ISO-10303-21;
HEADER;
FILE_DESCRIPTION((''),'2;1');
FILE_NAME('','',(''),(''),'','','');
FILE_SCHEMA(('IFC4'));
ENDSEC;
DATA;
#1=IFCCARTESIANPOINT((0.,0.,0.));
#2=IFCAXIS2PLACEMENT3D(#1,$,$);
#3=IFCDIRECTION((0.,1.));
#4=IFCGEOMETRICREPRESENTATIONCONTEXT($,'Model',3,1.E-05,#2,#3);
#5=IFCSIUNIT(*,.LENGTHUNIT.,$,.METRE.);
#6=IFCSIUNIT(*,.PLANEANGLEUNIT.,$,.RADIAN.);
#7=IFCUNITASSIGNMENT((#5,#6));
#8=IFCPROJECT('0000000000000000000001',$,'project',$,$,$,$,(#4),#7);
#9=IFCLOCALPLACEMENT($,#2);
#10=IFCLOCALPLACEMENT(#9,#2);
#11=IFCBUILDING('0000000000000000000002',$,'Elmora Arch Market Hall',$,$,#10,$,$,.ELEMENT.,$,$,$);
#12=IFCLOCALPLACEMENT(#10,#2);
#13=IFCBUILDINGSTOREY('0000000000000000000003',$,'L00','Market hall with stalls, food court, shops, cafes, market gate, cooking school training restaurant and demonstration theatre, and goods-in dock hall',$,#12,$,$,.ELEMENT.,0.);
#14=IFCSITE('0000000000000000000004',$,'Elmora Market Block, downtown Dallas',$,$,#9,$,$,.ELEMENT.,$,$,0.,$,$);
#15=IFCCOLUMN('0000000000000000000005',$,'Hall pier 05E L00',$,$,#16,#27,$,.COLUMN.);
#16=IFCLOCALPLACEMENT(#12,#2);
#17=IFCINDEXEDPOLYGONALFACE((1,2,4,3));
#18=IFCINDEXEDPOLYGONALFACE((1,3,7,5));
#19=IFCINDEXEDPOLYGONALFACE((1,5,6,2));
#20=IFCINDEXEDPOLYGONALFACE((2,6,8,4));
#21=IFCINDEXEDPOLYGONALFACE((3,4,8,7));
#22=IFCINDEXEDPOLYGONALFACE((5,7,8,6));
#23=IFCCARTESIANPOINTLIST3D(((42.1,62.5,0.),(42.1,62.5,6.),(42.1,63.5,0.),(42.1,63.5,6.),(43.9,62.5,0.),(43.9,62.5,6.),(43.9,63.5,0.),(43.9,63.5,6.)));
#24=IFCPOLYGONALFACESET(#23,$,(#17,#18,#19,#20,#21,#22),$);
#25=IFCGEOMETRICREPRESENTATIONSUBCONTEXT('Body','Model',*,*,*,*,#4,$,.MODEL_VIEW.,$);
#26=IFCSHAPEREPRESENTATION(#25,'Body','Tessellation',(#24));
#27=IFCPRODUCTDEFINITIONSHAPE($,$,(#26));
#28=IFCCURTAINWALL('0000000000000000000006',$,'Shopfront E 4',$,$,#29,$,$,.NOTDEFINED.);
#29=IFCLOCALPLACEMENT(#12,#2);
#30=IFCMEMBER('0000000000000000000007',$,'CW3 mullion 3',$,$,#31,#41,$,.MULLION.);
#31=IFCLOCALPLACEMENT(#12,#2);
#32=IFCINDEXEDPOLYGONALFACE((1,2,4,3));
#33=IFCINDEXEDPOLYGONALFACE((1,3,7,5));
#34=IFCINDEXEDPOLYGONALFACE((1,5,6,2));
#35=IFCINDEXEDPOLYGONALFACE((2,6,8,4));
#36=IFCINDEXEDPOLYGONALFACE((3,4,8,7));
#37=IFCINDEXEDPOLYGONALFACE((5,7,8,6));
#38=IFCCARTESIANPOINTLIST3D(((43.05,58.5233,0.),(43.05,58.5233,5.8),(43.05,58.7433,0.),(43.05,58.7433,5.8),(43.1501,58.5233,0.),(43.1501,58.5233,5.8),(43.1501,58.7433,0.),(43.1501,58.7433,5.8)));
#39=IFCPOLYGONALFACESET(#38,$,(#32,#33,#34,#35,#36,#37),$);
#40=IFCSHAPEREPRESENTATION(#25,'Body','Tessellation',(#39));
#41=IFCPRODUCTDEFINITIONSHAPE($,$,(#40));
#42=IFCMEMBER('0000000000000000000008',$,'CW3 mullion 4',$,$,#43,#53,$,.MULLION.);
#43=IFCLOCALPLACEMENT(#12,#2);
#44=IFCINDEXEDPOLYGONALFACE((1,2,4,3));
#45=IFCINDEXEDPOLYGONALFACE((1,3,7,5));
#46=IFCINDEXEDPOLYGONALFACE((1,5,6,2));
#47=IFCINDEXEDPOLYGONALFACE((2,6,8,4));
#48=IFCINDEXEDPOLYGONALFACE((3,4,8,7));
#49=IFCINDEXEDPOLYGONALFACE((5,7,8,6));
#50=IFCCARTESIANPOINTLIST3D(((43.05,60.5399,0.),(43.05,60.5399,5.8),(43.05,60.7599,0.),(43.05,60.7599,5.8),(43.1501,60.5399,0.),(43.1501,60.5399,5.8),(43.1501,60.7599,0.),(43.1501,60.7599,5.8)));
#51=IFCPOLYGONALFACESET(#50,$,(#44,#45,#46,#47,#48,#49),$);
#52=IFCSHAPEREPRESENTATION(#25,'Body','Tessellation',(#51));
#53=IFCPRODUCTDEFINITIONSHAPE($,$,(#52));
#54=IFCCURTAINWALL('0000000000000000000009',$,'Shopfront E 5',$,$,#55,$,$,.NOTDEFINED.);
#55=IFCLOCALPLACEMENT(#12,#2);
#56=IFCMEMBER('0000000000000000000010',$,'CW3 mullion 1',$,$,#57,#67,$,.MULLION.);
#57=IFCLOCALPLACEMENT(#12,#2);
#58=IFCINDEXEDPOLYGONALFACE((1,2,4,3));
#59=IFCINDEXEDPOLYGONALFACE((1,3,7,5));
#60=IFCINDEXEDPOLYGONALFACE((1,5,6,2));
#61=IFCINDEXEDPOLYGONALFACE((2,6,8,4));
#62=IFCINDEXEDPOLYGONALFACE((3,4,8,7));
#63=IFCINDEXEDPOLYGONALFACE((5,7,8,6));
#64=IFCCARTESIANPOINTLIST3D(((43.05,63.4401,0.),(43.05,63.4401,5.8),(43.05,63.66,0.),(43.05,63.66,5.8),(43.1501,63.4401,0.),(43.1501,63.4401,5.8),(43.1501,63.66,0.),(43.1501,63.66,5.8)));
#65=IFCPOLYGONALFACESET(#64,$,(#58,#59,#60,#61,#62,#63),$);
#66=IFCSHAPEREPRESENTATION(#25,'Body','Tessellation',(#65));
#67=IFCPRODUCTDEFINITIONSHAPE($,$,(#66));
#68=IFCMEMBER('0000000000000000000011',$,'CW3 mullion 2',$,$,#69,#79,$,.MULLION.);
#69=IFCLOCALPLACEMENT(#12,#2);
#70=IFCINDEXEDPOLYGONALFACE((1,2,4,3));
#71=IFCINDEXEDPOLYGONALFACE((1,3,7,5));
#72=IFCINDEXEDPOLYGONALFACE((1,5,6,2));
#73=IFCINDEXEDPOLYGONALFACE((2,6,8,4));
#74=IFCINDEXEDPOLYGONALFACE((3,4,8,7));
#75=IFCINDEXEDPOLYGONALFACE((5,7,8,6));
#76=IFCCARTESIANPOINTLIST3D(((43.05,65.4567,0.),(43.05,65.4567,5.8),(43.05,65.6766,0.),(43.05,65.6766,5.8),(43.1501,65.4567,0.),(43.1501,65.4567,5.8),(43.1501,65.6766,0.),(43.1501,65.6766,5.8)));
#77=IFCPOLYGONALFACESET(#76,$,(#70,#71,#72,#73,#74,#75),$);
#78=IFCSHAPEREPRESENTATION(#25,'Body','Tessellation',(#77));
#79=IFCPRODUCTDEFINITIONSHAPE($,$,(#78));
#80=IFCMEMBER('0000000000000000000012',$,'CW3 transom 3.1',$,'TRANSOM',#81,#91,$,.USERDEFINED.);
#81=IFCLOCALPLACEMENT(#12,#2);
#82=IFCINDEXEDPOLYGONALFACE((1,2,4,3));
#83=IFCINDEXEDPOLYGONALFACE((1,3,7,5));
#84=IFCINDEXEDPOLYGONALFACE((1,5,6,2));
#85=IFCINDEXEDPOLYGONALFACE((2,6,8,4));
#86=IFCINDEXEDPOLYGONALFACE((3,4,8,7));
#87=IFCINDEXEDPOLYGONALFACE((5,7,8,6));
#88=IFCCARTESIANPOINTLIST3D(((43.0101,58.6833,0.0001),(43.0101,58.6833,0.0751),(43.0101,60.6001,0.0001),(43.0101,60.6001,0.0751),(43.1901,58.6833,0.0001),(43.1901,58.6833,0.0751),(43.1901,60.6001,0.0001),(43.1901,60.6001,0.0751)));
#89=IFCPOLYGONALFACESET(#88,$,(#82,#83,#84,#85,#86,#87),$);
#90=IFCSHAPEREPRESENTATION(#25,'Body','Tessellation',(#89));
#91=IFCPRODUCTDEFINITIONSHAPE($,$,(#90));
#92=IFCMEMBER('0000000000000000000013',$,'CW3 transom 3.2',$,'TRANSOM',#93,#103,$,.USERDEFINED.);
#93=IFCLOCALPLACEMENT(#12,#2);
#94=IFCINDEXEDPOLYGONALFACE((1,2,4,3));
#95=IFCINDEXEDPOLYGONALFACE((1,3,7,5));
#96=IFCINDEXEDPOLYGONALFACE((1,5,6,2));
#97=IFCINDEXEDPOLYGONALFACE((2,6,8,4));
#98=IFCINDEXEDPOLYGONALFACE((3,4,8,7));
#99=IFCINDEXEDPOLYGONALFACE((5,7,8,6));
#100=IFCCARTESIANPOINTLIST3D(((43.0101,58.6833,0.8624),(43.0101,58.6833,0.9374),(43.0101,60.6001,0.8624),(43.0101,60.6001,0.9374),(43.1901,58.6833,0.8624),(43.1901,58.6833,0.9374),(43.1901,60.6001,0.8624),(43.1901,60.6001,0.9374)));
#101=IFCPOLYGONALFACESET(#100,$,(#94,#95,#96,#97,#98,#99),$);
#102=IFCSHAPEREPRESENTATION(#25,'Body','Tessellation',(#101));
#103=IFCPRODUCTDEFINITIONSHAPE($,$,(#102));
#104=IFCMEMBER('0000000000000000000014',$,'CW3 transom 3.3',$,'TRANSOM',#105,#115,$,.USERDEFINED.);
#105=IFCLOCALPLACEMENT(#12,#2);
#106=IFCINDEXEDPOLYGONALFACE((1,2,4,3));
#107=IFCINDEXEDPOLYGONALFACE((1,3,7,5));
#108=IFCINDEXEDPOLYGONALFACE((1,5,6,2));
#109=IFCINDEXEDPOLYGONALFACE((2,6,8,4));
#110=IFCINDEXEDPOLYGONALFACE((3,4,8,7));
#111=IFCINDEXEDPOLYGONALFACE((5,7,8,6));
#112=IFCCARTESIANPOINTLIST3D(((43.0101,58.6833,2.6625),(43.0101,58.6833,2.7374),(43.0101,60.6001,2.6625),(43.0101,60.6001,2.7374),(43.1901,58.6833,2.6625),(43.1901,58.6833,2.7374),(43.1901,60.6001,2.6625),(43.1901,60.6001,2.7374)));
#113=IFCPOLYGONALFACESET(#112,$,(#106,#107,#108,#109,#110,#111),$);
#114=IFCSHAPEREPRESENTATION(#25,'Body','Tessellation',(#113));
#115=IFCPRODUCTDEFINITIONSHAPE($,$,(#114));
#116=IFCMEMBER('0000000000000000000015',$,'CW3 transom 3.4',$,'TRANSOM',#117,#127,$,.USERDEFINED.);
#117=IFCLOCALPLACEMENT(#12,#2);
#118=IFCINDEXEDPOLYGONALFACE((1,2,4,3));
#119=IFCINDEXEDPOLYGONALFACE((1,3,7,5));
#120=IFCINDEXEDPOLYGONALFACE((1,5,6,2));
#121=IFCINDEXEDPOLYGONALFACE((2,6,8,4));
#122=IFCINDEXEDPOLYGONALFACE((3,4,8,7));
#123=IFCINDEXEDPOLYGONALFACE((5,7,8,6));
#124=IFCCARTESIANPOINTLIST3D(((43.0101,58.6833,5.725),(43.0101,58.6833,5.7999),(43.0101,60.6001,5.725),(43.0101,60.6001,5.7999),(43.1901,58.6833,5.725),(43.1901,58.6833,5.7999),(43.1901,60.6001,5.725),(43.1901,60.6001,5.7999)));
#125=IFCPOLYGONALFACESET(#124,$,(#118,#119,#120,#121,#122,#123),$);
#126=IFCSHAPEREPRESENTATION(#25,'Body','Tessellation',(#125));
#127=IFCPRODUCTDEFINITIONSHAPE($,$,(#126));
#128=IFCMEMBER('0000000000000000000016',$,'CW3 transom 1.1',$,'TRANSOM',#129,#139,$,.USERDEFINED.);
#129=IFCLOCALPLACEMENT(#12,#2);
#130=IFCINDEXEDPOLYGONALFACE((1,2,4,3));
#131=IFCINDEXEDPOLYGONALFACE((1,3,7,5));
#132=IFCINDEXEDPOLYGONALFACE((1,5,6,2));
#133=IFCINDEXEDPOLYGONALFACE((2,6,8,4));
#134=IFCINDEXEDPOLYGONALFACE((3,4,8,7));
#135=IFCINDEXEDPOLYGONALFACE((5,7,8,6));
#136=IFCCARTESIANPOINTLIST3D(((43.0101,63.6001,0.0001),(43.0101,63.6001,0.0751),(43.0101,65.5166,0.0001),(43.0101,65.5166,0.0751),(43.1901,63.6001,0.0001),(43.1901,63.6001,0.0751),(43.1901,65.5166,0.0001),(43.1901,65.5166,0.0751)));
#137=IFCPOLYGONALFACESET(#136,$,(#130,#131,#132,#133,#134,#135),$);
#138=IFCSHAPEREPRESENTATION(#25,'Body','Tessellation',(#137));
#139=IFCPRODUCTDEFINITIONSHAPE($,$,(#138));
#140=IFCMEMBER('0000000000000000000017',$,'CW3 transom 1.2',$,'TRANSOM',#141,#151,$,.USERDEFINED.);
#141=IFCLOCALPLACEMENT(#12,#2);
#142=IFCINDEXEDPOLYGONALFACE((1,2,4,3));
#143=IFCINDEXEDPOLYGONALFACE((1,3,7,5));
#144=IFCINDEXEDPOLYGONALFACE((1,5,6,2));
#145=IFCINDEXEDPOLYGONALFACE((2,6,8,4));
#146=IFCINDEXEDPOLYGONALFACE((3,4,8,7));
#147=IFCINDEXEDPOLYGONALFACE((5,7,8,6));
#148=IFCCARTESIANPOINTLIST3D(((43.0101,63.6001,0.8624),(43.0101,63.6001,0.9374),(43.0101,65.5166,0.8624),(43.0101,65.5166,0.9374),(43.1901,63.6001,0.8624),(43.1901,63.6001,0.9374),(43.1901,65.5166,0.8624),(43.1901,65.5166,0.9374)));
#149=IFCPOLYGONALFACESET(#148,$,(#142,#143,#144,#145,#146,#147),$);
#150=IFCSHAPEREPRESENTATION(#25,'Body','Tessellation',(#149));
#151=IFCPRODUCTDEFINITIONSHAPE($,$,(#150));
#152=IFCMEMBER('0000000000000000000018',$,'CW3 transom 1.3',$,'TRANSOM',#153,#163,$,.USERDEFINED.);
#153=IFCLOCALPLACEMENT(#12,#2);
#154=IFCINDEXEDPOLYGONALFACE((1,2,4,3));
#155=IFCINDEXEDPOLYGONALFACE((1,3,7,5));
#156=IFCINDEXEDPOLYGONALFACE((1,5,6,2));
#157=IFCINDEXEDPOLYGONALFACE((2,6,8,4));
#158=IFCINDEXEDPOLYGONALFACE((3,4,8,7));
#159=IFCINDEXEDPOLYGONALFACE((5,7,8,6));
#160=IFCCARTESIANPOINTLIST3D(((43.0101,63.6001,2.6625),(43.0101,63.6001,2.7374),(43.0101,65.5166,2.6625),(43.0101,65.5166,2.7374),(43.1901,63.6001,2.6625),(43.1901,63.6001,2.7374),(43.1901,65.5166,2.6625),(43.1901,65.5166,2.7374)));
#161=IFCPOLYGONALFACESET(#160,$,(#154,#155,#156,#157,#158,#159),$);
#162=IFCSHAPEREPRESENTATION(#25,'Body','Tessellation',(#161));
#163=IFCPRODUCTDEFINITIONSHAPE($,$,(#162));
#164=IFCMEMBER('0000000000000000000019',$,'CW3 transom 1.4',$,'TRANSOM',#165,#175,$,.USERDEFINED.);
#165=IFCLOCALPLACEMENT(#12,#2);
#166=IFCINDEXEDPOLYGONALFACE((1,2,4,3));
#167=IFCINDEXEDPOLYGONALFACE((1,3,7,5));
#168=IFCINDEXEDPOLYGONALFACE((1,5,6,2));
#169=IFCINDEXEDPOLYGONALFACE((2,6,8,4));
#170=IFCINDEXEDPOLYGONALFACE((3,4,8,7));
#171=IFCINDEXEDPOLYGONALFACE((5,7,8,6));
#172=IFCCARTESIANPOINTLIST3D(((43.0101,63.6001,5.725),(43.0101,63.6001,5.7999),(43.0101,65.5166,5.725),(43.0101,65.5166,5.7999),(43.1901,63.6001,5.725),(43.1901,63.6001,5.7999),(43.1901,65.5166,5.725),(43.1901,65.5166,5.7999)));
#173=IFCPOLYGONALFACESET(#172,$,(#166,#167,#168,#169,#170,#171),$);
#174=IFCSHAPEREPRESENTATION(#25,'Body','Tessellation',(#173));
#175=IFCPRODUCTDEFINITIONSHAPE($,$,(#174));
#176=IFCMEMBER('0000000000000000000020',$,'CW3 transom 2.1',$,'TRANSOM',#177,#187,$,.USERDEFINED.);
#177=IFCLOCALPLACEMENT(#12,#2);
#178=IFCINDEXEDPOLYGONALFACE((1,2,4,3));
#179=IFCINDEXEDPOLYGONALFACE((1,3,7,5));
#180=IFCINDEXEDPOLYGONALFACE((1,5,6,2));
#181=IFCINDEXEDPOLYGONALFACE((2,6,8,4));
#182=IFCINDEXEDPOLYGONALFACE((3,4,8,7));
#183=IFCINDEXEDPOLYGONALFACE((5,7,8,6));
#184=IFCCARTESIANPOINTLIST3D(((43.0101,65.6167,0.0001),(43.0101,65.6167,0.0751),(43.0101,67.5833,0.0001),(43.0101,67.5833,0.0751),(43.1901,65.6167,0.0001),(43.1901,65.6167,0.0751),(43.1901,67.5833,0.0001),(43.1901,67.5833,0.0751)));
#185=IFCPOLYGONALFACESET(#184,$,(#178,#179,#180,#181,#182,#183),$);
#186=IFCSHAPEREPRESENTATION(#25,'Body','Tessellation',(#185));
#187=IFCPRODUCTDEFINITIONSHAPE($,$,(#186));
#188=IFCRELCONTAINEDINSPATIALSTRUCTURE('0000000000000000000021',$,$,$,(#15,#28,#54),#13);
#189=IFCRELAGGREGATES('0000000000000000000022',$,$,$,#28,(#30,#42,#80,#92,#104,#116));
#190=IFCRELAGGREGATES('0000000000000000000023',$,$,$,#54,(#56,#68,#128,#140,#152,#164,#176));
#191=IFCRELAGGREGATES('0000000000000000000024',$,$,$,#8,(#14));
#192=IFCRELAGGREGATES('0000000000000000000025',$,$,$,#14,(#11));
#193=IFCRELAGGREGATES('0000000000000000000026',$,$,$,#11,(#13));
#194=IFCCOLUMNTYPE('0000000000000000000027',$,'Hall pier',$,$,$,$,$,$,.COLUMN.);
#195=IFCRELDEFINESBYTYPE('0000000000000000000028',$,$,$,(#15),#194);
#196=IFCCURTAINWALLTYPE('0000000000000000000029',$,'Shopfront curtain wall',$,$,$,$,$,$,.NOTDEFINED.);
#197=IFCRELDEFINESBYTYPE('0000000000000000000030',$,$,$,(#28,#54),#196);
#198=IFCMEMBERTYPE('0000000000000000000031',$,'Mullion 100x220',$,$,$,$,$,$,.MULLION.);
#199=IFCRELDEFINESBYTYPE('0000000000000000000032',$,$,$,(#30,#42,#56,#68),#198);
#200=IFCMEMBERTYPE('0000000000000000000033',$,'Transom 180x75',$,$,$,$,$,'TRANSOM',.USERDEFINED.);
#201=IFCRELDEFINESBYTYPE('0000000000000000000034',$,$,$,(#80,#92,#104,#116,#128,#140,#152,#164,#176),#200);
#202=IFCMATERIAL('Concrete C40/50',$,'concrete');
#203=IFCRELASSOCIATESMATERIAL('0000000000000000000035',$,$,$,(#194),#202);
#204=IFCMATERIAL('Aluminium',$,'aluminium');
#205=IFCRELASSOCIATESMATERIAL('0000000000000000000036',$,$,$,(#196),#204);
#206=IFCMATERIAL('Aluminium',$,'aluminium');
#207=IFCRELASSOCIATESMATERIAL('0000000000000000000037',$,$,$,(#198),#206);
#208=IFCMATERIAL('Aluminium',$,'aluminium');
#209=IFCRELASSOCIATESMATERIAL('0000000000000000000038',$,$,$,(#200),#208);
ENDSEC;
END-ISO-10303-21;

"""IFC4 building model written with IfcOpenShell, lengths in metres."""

from ifc_helpers import new_model, si_unit, direction, frame, origin, origin_2d, place, context, subcontext, project, spatial, rectangle, extrude, material, material_profile, profile_set, type_object, element, aggregate, save


model = new_model("IFC4")

# Units and contexts
model_context = context("Model", 3, precision=1e-05, world=origin(), true_north=direction((0.0, 1.0)))
body_context = subcontext(model_context, "Body", "Model", "MODEL_VIEW")
ifc_project = project(units=[si_unit("LENGTHUNIT", "METRE"), si_unit("PLANEANGLEUNIT", "RADIAN")], contexts=[model_context])

# Site, building, storey
site_placement = place(None, origin())
site = spatial("IfcSite", under=ifc_project, at=site_placement, Name="Elmora Market Block, downtown Dallas", CompositionType="ELEMENT", RefElevation=0.0)
building_placement = place(site_placement, origin())
building = spatial("IfcBuilding", under=site, at=building_placement, Name="Elmora Arch Market Hall", CompositionType="ELEMENT")
storey_placement = place(building_placement, origin())
storey = spatial("IfcBuildingStorey", under=building, at=storey_placement, Name="L00", Description="Market hall with stalls, food court, shops, cafes, market gate, cooking school training restaurant and demonstration theatre, and goods-in dock hall", CompositionType="ELEMENT", Elevation=0.0)

# Column
ifc_material_1 = material(Name="Concrete C40/50", Category="concrete")
ifc_material_profile_1 = material_profile(ifc_material_1, rectangle(XDim=1.8, YDim=1.0, at=origin_2d()), Name="Hall pier")
ifc_profile_set_1 = profile_set([ifc_material_profile_1], Name="Concrete C40/50")
column_type = type_object("IfcColumnType", Name="Hall pier", PredefinedType="COLUMN", material=ifc_profile_set_1)
column_placement = place(storey_placement, frame((43.0, 63.0, 0.0), z_axis=(0.0, 0.0, 1.0), x_axis=(1.0, 0.0, 0.0)))
element("IfcColumn", 1, at=column_placement, inside=storey, type_object=column_type, Name="Hall pier 05E L00", PredefinedType="COLUMN", context=body_context, shape_type="SweptSolid", body=[
    extrude(rectangle(XDim=1.8, YDim=1.0, at=origin_2d()), origin(), (0.0, 0.0, 1.0), 6.0),
])

# Curtain walls, members
ifc_material_2 = material(Name="Aluminium", Category="aluminium")
curtain_wall_type = type_object("IfcCurtainWallType", Name="Shopfront curtain wall", PredefinedType="NOTDEFINED", material=ifc_material_2)
curtain_wall_1_placement = place(storey_placement, origin())
curtain_wall_1 = element("IfcCurtainWall", 2, at=curtain_wall_1_placement, inside=storey, type_object=curtain_wall_type, Name="Shopfront E 4", PredefinedType="NOTDEFINED")
ifc_material_3 = material(Name="Aluminium", Category="aluminium")
ifc_material_profile_2 = material_profile(ifc_material_3, rectangle(XDim=0.1001, YDim=0.22, at=origin_2d()), Name="AL 100x220")
ifc_profile_set_2 = profile_set([ifc_material_profile_2], Name="Aluminium")
member_type_1 = type_object("IfcMemberType", Name="Mullion 100x220", PredefinedType="MULLION", material=ifc_profile_set_2)
member_1_placement = place(storey_placement, frame((43.1001, 58.6333, 0.0), z_axis=(0.0, 0.0, 1.0), x_axis=(-1.0, 0.0, 0.0)))
member_1 = element("IfcMember", 3, at=member_1_placement, type_object=member_type_1, Name="CW3 mullion 3", PredefinedType="MULLION", context=body_context, shape_type="SweptSolid", body=[
    extrude(rectangle(XDim=0.1001, YDim=0.22, at=origin_2d()), origin(), (0.0, 0.0, 1.0), 5.8),
])
member_2_placement = place(storey_placement, frame((43.1001, 60.6499, 0.0), z_axis=(0.0, 0.0, 1.0), x_axis=(-1.0, 0.0, 0.0)))
member_2 = element("IfcMember", 4, at=member_2_placement, type_object=member_type_1, Name="CW3 mullion 4", PredefinedType="MULLION", context=body_context, shape_type="SweptSolid", body=[
    extrude(rectangle(XDim=0.1001, YDim=0.22, at=origin_2d()), origin(), (0.0, 0.0, 1.0), 5.8),
])
curtain_wall_2_placement = place(storey_placement, origin())
curtain_wall_2 = element("IfcCurtainWall", 5, at=curtain_wall_2_placement, inside=storey, type_object=curtain_wall_type, Name="Shopfront E 5", PredefinedType="NOTDEFINED")
member_3_placement = place(storey_placement, frame((43.1001, 63.55, 0.0), z_axis=(0.0, 0.0, 1.0), x_axis=(-1.0, 0.0, 0.0)))
member_3 = element("IfcMember", 6, at=member_3_placement, type_object=member_type_1, Name="CW3 mullion 1", PredefinedType="MULLION", context=body_context, shape_type="SweptSolid", body=[
    extrude(rectangle(XDim=0.1001, YDim=0.22, at=origin_2d()), origin(), (0.0, 0.0, 1.0), 5.8),
])
member_4_placement = place(storey_placement, frame((43.1001, 65.5667, 0.0), z_axis=(0.0, 0.0, 1.0), x_axis=(-1.0, 0.0, 0.0)))
member_4 = element("IfcMember", 7, at=member_4_placement, type_object=member_type_1, Name="CW3 mullion 2", PredefinedType="MULLION", context=body_context, shape_type="SweptSolid", body=[
    extrude(rectangle(XDim=0.1001, YDim=0.22, at=origin_2d()), origin(), (0.0, 0.0, 1.0), 5.8),
])

# Members
ifc_material_4 = material(Name="Aluminium", Category="aluminium")
ifc_material_profile_3 = material_profile(ifc_material_4, rectangle(XDim=0.1799, YDim=0.075, at=origin_2d()), Name="AL 180x75")
ifc_profile_set_3 = profile_set([ifc_material_profile_3], Name="Aluminium")
member_type_2 = type_object("IfcMemberType", Name="Transom 180x75", ElementType="TRANSOM", PredefinedType="USERDEFINED", material=ifc_profile_set_3)
member_5_placement = place(storey_placement, frame((43.1001, 58.6833, 0.0376), z_axis=(0.0, 1.0, 0.0), x_axis=(-1.0, 0.0, 0.0)))
member_5 = element("IfcMember", 8, at=member_5_placement, type_object=member_type_2, Name="CW3 transom 3.1", ObjectType="TRANSOM", PredefinedType="USERDEFINED", context=body_context, shape_type="SweptSolid", body=[
    extrude(rectangle(XDim=0.1799, YDim=0.075, at=origin_2d()), origin(), (0.0, 0.0, 1.0), 1.9167),
])
member_6_placement = place(storey_placement, frame((43.1001, 58.6833, 0.8999), z_axis=(0.0, 1.0, 0.0), x_axis=(-1.0, 0.0, 0.0)))
member_6 = element("IfcMember", 9, at=member_6_placement, type_object=member_type_2, Name="CW3 transom 3.2", ObjectType="TRANSOM", PredefinedType="USERDEFINED", context=body_context, shape_type="SweptSolid", body=[
    extrude(rectangle(XDim=0.1799, YDim=0.075, at=origin_2d()), origin(), (0.0, 0.0, 1.0), 1.9167),
])
member_7_placement = place(storey_placement, frame((43.1001, 58.6833, 2.7), z_axis=(0.0, 1.0, 0.0), x_axis=(-1.0, 0.0, 0.0)))
member_7 = element("IfcMember", 10, at=member_7_placement, type_object=member_type_2, Name="CW3 transom 3.3", ObjectType="TRANSOM", PredefinedType="USERDEFINED", context=body_context, shape_type="SweptSolid", body=[
    extrude(rectangle(XDim=0.1799, YDim=0.075, at=origin_2d()), origin(), (0.0, 0.0, 1.0), 1.9167),
])
member_8_placement = place(storey_placement, frame((43.1001, 58.6833, 5.7625), z_axis=(0.0, 1.0, 0.0), x_axis=(-1.0, 0.0, 0.0)))
member_8 = element("IfcMember", 11, at=member_8_placement, type_object=member_type_2, Name="CW3 transom 3.4", ObjectType="TRANSOM", PredefinedType="USERDEFINED", context=body_context, shape_type="SweptSolid", body=[
    extrude(rectangle(XDim=0.1799, YDim=0.075, at=origin_2d()), origin(), (0.0, 0.0, 1.0), 1.9167),
])
member_9_placement = place(storey_placement, frame((43.1001, 63.6001, 0.0376), z_axis=(0.0, 1.0, 0.0), x_axis=(-1.0, 0.0, 0.0)))
member_9 = element("IfcMember", 12, at=member_9_placement, type_object=member_type_2, Name="CW3 transom 1.1", ObjectType="TRANSOM", PredefinedType="USERDEFINED", context=body_context, shape_type="SweptSolid", body=[
    extrude(rectangle(XDim=0.1799, YDim=0.075, at=origin_2d()), origin(), (0.0, 0.0, 1.0), 1.9165),
])
member_10_placement = place(storey_placement, frame((43.1001, 63.6001, 0.8999), z_axis=(0.0, 1.0, 0.0), x_axis=(-1.0, 0.0, 0.0)))
member_10 = element("IfcMember", 13, at=member_10_placement, type_object=member_type_2, Name="CW3 transom 1.2", ObjectType="TRANSOM", PredefinedType="USERDEFINED", context=body_context, shape_type="SweptSolid", body=[
    extrude(rectangle(XDim=0.1799, YDim=0.075, at=origin_2d()), origin(), (0.0, 0.0, 1.0), 1.9165),
])
member_11_placement = place(storey_placement, frame((43.1001, 63.6001, 2.7), z_axis=(0.0, 1.0, 0.0), x_axis=(-1.0, 0.0, 0.0)))
member_11 = element("IfcMember", 14, at=member_11_placement, type_object=member_type_2, Name="CW3 transom 1.3", ObjectType="TRANSOM", PredefinedType="USERDEFINED", context=body_context, shape_type="SweptSolid", body=[
    extrude(rectangle(XDim=0.1799, YDim=0.075, at=origin_2d()), origin(), (0.0, 0.0, 1.0), 1.9165),
])
member_12_placement = place(storey_placement, frame((43.1001, 63.6001, 5.7625), z_axis=(0.0, 1.0, 0.0), x_axis=(-1.0, 0.0, 0.0)))
member_12 = element("IfcMember", 15, at=member_12_placement, type_object=member_type_2, Name="CW3 transom 1.4", ObjectType="TRANSOM", PredefinedType="USERDEFINED", context=body_context, shape_type="SweptSolid", body=[
    extrude(rectangle(XDim=0.1799, YDim=0.075, at=origin_2d()), origin(), (0.0, 0.0, 1.0), 1.9165),
])
member_13_placement = place(storey_placement, frame((43.1001, 65.6167, 0.0376), z_axis=(0.0, 1.0, 0.0), x_axis=(-1.0, 0.0, 0.0)))
member_13 = element("IfcMember", 16, at=member_13_placement, type_object=member_type_2, Name="CW3 transom 2.1", ObjectType="TRANSOM", PredefinedType="USERDEFINED", context=body_context, shape_type="SweptSolid", body=[
    extrude(rectangle(XDim=0.1799, YDim=0.075, at=origin_2d()), origin(), (0.0, 0.0, 1.0), 1.9666),
])

aggregate(curtain_wall_1, [member_1, member_2, member_5, member_6, member_7, member_8])
aggregate(curtain_wall_2, [member_3, member_4, member_9, member_10, member_11, member_12, member_13])

save(model, "model.ifc")
